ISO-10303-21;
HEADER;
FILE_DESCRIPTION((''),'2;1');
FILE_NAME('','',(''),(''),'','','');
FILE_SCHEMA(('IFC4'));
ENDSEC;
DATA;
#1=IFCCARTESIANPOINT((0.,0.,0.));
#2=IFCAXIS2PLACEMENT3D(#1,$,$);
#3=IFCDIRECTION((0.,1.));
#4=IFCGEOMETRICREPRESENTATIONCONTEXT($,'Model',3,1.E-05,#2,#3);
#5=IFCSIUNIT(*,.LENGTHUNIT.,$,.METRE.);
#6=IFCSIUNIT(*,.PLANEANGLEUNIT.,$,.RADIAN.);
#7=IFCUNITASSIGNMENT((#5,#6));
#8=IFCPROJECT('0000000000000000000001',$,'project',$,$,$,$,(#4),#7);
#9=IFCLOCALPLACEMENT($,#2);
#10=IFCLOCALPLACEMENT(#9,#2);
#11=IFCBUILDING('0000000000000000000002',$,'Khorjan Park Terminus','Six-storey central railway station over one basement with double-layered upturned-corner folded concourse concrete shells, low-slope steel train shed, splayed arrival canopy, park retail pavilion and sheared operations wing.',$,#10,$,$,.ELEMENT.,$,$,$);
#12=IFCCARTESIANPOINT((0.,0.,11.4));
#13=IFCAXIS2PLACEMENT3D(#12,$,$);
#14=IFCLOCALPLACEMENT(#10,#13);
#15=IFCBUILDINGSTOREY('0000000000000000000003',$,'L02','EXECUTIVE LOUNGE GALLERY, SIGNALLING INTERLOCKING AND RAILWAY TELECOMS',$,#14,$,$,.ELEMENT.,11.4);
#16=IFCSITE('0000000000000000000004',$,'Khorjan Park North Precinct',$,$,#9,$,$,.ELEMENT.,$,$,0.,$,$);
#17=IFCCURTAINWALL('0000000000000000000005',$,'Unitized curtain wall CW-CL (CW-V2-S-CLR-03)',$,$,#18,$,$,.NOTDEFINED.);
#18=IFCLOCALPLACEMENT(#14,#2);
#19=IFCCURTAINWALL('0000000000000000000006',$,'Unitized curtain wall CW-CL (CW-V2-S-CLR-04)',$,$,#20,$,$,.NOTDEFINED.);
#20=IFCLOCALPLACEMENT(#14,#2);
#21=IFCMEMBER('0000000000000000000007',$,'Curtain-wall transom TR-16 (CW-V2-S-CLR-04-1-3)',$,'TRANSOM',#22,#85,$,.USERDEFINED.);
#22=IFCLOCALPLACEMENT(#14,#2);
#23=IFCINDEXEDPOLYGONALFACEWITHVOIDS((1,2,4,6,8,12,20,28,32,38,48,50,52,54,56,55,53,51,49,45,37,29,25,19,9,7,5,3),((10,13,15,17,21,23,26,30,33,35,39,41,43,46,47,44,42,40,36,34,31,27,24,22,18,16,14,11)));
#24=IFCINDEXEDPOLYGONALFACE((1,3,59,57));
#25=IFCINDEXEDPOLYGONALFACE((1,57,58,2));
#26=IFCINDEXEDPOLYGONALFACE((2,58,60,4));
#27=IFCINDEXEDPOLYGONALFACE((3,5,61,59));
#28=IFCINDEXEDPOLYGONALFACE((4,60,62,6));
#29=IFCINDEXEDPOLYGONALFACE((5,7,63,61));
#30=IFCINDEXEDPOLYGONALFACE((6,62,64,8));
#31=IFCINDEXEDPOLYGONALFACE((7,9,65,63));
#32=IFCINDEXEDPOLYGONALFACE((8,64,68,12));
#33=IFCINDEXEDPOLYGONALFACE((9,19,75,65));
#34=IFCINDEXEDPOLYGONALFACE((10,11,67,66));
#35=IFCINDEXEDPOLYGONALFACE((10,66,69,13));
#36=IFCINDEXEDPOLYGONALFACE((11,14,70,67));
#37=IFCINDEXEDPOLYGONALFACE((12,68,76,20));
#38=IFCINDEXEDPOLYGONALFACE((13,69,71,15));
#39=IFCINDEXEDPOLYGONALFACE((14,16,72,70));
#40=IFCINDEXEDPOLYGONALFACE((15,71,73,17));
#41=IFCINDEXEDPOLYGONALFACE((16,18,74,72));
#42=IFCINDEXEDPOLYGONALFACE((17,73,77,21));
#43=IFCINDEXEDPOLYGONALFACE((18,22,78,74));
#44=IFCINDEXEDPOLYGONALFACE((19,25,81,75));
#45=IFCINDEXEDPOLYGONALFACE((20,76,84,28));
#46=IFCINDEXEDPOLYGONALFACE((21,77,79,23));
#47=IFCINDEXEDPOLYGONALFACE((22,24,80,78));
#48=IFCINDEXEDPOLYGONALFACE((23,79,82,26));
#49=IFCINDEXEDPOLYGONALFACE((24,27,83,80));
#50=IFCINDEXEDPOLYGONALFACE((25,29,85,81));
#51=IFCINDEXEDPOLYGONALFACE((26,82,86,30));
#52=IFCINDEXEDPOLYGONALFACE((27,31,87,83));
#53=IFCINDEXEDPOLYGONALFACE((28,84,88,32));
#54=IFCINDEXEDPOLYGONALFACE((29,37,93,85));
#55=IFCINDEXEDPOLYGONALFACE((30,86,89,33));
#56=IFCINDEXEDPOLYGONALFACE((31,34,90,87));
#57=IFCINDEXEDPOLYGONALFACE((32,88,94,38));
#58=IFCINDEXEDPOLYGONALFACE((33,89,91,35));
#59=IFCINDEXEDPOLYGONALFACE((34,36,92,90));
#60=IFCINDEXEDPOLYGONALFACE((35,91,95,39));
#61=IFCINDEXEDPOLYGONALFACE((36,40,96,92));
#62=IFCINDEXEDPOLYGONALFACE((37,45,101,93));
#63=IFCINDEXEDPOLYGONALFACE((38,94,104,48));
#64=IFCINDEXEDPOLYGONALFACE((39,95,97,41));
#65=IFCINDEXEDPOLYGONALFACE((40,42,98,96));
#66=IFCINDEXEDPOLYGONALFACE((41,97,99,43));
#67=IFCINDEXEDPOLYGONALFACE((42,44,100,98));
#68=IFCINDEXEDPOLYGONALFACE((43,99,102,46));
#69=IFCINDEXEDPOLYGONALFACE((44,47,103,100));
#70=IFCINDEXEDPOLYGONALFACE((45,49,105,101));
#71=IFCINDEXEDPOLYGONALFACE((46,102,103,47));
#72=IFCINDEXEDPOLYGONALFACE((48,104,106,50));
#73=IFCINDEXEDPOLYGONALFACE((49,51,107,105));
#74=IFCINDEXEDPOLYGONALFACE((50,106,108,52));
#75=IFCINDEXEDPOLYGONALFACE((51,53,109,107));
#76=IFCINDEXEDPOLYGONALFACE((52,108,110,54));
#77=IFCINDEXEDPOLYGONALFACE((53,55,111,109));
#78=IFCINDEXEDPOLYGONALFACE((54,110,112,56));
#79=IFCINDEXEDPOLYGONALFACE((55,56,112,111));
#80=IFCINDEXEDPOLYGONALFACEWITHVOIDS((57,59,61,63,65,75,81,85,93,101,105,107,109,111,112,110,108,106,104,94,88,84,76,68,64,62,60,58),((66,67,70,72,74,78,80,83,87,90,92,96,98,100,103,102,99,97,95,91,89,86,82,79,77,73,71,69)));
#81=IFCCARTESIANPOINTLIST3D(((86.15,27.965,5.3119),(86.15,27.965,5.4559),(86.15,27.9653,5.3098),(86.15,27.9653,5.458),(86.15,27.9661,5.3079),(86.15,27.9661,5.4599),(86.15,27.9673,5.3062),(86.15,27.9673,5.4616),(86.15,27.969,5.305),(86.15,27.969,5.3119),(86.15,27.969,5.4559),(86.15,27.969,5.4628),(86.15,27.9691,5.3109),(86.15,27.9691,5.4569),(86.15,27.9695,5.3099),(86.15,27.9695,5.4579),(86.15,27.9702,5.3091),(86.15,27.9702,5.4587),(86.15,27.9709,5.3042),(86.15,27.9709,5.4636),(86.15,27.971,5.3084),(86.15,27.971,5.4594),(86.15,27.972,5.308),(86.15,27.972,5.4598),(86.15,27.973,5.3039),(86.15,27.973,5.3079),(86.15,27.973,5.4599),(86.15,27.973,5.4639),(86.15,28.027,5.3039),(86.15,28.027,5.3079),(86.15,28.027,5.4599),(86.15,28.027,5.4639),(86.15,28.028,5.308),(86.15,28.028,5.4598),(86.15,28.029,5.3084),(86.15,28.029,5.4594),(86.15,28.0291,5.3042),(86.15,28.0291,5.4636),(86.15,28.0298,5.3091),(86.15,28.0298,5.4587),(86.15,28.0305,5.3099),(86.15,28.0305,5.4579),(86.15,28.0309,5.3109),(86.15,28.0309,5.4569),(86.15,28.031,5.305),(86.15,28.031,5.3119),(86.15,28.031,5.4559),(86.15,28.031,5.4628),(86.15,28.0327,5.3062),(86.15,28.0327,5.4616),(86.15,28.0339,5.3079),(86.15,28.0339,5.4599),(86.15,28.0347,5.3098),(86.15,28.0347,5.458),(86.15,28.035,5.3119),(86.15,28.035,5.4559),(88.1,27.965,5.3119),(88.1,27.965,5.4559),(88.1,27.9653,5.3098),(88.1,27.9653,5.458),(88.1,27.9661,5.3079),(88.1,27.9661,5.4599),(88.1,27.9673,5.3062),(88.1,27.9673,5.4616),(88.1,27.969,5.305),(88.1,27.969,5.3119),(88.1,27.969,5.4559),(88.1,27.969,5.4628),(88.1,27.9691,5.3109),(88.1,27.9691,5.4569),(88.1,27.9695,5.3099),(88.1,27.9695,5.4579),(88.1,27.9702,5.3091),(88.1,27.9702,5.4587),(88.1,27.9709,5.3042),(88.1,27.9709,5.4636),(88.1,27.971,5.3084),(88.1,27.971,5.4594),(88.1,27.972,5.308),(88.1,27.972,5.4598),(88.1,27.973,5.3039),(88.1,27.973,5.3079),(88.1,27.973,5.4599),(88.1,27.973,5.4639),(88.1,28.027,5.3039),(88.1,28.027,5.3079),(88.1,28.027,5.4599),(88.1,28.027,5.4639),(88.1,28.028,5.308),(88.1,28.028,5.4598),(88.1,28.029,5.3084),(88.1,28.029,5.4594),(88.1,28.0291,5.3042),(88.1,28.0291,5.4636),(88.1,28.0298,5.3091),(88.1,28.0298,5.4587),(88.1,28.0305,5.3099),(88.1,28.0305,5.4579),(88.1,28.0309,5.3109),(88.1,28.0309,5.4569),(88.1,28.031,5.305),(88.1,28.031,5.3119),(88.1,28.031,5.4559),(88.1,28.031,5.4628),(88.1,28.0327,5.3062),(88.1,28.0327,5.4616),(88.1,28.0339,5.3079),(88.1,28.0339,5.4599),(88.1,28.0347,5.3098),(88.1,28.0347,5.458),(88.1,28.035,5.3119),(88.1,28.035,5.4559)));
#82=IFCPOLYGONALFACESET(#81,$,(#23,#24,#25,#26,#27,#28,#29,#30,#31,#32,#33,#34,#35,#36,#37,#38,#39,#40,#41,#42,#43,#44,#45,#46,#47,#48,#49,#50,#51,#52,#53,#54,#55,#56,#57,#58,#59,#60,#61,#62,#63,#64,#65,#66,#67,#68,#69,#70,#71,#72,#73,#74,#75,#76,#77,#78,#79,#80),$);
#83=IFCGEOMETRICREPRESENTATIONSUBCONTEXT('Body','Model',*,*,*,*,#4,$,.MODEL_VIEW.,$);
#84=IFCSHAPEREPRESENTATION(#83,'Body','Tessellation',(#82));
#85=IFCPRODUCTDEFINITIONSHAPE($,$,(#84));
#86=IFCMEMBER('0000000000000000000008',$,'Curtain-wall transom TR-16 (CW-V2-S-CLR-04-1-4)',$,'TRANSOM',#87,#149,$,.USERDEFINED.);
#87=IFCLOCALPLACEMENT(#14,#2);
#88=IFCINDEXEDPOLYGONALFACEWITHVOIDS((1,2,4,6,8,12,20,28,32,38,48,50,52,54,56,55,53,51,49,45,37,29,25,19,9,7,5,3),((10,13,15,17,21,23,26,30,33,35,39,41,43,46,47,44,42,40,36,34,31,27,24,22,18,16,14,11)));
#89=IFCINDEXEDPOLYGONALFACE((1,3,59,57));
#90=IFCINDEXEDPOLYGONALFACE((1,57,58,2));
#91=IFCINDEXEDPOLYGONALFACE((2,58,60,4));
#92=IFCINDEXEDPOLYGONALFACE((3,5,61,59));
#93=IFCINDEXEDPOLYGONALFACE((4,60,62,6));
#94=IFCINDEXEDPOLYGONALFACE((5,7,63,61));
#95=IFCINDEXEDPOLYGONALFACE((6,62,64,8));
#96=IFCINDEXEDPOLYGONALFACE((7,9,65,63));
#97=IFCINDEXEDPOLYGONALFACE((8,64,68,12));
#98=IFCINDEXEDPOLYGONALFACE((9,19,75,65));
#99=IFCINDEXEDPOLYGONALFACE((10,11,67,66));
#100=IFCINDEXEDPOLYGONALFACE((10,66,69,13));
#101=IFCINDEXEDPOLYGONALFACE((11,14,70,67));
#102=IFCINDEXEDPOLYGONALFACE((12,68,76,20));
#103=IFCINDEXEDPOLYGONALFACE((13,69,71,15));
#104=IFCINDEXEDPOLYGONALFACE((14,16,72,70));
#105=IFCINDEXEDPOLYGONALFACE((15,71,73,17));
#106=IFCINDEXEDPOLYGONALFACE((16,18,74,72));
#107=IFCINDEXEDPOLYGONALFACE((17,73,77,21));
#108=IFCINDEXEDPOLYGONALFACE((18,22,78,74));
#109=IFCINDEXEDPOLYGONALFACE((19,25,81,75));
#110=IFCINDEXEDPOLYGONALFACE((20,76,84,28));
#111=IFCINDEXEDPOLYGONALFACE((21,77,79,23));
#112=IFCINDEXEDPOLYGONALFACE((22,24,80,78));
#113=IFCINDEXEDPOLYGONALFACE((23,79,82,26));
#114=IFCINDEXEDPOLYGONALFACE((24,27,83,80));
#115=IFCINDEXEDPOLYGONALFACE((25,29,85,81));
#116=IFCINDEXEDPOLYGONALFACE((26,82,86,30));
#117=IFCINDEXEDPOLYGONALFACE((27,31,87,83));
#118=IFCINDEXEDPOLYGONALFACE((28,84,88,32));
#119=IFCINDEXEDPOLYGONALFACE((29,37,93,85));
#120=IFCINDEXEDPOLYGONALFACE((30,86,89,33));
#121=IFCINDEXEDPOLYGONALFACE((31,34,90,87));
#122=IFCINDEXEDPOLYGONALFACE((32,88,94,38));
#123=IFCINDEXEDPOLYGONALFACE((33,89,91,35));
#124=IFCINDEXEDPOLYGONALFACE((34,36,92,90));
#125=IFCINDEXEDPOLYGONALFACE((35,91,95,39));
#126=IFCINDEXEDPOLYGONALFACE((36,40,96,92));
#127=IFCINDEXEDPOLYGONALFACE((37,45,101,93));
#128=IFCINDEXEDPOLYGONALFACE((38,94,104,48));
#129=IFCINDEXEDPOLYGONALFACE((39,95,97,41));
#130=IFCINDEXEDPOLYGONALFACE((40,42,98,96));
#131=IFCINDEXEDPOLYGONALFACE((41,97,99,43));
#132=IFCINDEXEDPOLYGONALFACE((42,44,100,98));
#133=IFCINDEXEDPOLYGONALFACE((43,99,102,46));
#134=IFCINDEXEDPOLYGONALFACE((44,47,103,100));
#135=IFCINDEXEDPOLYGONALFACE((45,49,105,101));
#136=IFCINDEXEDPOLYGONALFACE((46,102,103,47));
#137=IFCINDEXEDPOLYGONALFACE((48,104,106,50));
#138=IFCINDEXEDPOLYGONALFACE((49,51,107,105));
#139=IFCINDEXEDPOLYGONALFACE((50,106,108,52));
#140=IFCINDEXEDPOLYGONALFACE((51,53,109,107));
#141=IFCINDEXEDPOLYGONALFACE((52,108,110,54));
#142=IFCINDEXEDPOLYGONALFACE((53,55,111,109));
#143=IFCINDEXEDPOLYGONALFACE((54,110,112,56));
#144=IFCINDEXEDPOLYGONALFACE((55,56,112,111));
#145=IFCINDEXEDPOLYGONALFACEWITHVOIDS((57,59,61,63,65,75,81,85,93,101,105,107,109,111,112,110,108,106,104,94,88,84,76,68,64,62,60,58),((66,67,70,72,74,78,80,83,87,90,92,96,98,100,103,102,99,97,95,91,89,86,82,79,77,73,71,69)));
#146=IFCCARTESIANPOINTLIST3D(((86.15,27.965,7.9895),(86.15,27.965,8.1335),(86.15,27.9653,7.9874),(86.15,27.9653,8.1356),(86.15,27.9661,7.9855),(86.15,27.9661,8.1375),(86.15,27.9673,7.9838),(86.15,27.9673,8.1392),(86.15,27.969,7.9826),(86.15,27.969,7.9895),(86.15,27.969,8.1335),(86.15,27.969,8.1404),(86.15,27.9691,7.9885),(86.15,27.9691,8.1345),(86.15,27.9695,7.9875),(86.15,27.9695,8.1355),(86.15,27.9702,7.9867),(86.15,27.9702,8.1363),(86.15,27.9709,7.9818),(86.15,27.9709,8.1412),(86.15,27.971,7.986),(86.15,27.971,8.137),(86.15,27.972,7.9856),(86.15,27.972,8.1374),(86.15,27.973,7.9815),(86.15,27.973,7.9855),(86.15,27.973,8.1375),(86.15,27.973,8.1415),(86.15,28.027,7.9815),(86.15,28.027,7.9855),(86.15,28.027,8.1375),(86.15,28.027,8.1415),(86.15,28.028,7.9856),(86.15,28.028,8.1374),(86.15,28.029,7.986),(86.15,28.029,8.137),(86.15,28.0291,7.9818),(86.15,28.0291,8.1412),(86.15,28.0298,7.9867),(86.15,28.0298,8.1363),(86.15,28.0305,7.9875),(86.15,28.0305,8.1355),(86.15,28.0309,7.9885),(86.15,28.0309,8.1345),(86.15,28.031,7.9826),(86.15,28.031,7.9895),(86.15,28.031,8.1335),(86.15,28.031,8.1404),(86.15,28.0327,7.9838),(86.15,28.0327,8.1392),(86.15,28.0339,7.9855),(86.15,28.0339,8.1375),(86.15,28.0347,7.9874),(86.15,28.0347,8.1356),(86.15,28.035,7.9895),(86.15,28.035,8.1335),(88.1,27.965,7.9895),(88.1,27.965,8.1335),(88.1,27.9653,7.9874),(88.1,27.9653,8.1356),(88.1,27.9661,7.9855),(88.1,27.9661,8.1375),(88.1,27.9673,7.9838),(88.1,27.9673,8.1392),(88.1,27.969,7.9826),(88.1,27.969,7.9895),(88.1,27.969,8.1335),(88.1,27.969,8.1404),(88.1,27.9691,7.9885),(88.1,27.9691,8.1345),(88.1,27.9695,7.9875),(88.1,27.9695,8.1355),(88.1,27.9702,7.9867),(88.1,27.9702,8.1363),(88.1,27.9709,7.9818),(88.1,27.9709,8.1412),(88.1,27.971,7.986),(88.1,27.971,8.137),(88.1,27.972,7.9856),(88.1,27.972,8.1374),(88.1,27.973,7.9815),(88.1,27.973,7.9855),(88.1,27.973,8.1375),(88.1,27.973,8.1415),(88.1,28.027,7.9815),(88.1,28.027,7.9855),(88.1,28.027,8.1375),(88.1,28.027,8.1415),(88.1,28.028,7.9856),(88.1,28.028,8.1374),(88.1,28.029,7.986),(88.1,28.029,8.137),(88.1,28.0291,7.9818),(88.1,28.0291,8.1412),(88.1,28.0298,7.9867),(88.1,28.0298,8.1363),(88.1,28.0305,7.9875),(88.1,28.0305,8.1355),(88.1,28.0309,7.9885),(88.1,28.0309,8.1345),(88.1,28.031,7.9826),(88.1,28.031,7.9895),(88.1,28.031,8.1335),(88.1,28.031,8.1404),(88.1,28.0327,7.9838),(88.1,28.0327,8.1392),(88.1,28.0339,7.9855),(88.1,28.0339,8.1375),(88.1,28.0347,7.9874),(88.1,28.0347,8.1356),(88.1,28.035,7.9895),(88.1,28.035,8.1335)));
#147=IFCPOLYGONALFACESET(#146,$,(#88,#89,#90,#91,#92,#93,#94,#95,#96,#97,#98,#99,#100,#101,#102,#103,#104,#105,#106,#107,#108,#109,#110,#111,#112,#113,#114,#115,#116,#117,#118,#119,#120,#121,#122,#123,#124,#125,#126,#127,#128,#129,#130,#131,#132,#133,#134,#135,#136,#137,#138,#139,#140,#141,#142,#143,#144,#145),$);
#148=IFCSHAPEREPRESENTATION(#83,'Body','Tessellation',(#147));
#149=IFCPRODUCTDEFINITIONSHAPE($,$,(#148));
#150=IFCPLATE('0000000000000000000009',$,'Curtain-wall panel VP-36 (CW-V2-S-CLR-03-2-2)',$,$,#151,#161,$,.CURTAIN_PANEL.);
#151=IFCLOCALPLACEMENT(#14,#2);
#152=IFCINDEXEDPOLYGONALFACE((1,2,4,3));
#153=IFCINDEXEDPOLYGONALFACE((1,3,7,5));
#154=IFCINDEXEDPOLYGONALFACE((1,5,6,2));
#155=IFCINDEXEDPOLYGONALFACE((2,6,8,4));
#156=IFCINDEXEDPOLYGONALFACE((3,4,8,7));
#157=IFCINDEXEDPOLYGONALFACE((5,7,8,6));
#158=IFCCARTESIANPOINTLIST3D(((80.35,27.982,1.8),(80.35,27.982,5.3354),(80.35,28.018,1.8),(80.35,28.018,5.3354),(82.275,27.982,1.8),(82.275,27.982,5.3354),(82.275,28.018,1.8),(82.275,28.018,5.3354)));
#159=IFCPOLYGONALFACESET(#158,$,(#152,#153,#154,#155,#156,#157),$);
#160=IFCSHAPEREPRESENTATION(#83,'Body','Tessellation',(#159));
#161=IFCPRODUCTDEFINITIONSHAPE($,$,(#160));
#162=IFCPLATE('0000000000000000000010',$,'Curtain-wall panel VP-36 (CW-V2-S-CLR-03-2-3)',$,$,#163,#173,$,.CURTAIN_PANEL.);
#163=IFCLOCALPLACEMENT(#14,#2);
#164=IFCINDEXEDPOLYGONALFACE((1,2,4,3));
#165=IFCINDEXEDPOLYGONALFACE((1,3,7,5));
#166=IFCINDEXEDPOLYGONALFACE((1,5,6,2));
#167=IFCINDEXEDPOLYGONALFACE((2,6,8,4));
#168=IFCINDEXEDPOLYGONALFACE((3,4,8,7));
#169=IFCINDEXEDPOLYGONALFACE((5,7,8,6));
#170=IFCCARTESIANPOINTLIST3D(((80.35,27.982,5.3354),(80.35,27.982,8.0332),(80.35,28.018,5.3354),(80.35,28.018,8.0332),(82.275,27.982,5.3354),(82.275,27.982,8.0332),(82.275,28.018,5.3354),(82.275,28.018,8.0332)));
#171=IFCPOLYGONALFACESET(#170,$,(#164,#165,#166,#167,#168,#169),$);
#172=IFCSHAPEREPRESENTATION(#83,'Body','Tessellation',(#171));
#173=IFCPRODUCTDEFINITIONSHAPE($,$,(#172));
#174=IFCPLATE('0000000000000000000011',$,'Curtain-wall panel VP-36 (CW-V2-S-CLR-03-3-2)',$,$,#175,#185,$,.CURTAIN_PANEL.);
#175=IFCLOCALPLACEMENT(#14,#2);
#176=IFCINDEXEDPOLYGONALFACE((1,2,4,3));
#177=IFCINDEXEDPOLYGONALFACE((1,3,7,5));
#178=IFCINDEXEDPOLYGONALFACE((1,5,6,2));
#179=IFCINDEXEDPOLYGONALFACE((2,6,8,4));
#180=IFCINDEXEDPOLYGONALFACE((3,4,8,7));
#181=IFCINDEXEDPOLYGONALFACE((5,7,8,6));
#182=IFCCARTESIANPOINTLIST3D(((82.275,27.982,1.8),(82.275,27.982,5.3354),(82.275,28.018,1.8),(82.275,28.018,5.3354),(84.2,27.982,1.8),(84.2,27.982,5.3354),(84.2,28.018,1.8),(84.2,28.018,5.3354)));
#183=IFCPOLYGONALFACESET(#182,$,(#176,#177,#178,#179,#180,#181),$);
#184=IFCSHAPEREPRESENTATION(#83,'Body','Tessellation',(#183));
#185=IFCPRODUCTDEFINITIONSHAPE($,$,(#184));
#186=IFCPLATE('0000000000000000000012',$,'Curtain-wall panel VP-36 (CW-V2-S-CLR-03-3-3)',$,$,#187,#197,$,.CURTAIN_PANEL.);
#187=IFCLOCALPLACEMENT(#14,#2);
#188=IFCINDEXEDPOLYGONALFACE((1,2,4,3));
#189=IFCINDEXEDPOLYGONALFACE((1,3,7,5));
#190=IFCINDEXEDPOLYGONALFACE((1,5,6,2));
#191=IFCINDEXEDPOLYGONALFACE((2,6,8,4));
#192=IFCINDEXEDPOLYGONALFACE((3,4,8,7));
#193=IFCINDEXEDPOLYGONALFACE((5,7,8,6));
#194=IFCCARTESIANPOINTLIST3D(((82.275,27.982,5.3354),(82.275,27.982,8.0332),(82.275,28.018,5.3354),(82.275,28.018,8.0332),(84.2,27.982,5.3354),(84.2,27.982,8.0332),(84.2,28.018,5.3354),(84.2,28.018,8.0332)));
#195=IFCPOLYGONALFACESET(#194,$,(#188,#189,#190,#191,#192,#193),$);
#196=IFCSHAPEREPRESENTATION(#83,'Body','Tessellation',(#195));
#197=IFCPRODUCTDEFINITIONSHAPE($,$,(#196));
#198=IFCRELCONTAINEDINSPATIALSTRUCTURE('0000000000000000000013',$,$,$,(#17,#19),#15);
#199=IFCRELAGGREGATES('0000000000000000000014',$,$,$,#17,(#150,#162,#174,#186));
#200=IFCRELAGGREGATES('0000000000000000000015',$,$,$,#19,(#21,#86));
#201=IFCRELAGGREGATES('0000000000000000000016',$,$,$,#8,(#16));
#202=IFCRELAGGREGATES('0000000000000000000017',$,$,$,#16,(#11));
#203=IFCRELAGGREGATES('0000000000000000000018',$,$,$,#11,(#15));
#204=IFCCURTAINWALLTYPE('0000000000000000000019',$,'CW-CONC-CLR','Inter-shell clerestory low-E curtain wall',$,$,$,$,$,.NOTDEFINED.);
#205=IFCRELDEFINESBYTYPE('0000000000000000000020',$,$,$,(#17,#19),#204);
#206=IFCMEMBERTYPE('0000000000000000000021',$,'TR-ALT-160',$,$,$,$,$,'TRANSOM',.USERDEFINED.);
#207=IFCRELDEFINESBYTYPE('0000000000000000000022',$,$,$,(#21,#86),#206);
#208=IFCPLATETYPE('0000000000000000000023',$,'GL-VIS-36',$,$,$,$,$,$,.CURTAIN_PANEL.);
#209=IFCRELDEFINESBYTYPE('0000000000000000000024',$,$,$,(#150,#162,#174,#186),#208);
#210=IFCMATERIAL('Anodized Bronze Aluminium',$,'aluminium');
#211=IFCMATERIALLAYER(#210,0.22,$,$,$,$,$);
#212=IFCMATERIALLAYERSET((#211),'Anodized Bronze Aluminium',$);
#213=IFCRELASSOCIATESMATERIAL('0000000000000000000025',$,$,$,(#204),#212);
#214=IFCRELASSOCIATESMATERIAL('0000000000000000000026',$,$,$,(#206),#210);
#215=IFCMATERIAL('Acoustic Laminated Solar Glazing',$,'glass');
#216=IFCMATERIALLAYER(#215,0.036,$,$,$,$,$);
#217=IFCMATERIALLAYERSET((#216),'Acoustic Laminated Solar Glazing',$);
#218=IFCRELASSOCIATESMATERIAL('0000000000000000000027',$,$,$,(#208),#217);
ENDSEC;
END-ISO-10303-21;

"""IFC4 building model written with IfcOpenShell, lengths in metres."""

from ifc_helpers import new_model, si_unit, direction, frame, origin, origin_2d, place, context, subcontext, project, spatial, rectangle, hollow_rectangle, extrude, material, layer, layer_set, material_profile, profile_set, type_object, element, aggregate, save


model = new_model("IFC4")

# Units and contexts
model_context = context("Model", 3, precision=1e-05, world=origin(), true_north=direction((0.0, 1.0)))
body_context = subcontext(model_context, "Body", "Model", "MODEL_VIEW")
ifc_project = project(units=[si_unit("LENGTHUNIT", "METRE"), si_unit("PLANEANGLEUNIT", "RADIAN")], contexts=[model_context])

# Site, building, storey
site_placement = place(None, origin())
site = spatial("IfcSite", under=ifc_project, at=site_placement, Name="Khorjan Park North Precinct", CompositionType="ELEMENT", RefElevation=0.0)
building_placement = place(site_placement, origin())
building = spatial("IfcBuilding", under=site, at=building_placement, Name="Khorjan Park Terminus", Description="Six-storey central railway station over one basement with double-layered upturned-corner folded concourse concrete shells, low-slope steel train shed, splayed arrival canopy, park retail pavilion and sheared operations wing.", CompositionType="ELEMENT")
storey_placement = place(building_placement, frame((0.0, 0.0, 11.4)))
storey = spatial("IfcBuildingStorey", under=building, at=storey_placement, Name="L02", Description="EXECUTIVE LOUNGE GALLERY, SIGNALLING INTERLOCKING AND RAILWAY TELECOMS", CompositionType="ELEMENT", Elevation=11.4)

# Curtain wall
ifc_material_1 = material(Name="Anodized Bronze Aluminium", Category="aluminium")
ifc_layer_1 = layer(ifc_material_1, 0.22)
ifc_layer_set_1 = layer_set([ifc_layer_1], Name="Anodized Bronze Aluminium")
curtain_wall_type = type_object("IfcCurtainWallType", Name="CW-CONC-CLR", Description="Inter-shell clerestory low-E curtain wall", PredefinedType="NOTDEFINED", material=ifc_layer_set_1)
curtain_wall_1_placement = place(storey_placement, origin())
curtain_wall_1 = element("IfcCurtainWall", 1, at=curtain_wall_1_placement, inside=storey, type_object=curtain_wall_type, Name="Unitized curtain wall CW-CL (CW-V2-S-CLR-03)", PredefinedType="NOTDEFINED")

# Curtain wall
curtain_wall_2_placement = place(storey_placement, origin())
curtain_wall_2 = element("IfcCurtainWall", 2, at=curtain_wall_2_placement, inside=storey, type_object=curtain_wall_type, Name="Unitized curtain wall CW-CL (CW-V2-S-CLR-04)", PredefinedType="NOTDEFINED")

# Members
ifc_material_profile_1 = material_profile(ifc_material_1, hollow_rectangle(XDim=0.07, YDim=0.16, WallThickness=0.004, InnerFilletRadius=0.004, OuterFilletRadius=0.008, at=origin_2d()), Name="ALT 70x160x4")
ifc_profile_set_1 = profile_set([ifc_material_profile_1], Name="Anodized Bronze Aluminium")
member_type_1 = type_object("IfcMemberType", Name="TR-ALT-160", ElementType="TRANSOM", PredefinedType="USERDEFINED", material=ifc_profile_set_1)
member_1_placement = place(storey_placement, frame((86.15, 28.0, 5.3839), z_axis=(1.0, 0.0, 0.0), x_axis=(0.0, 1.0, 0.0)))
member_1 = element("IfcMember", 3, at=member_1_placement, type_object=member_type_1, Name="Curtain-wall transom TR-16 (CW-V2-S-CLR-04-1-3)", ObjectType="TRANSOM", PredefinedType="USERDEFINED", context=body_context, shape_type="SweptSolid", body=[
    extrude(hollow_rectangle(XDim=0.07, YDim=0.16, WallThickness=0.004, InnerFilletRadius=0.004, OuterFilletRadius=0.008, at=origin_2d()), origin(), (0.0, 0.0, 1.0), 1.95),
])
member_2_placement = place(storey_placement, frame((86.15, 28.0, 8.0615), z_axis=(1.0, 0.0, 0.0), x_axis=(0.0, 1.0, 0.0)))
member_2 = element("IfcMember", 4, at=member_2_placement, type_object=member_type_1, Name="Curtain-wall transom TR-16 (CW-V2-S-CLR-04-1-4)", ObjectType="TRANSOM", PredefinedType="USERDEFINED", context=body_context, shape_type="SweptSolid", body=[
    extrude(hollow_rectangle(XDim=0.07, YDim=0.16, WallThickness=0.004, InnerFilletRadius=0.004, OuterFilletRadius=0.008, at=origin_2d()), origin(), (0.0, 0.0, 1.0), 1.95),
])

# Plates
ifc_material_2 = material(Name="Acoustic Laminated Solar Glazing", Category="glass")
ifc_layer_2 = layer(ifc_material_2, 0.036)
ifc_layer_set_2 = layer_set([ifc_layer_2], Name="Acoustic Laminated Solar Glazing")
plate_type_1 = type_object("IfcPlateType", Name="GL-VIS-36", PredefinedType="CURTAIN_PANEL", material=ifc_layer_set_2)
plate_1_placement = place(storey_placement, frame((81.3125, 28.0, 1.8), z_axis=(0.0, 0.0, 1.0), x_axis=(1.0, 0.0, 0.0)))
plate_1 = element("IfcPlate", 5, at=plate_1_placement, type_object=plate_type_1, Name="Curtain-wall panel VP-36 (CW-V2-S-CLR-03-2-2)", PredefinedType="CURTAIN_PANEL", context=body_context, shape_type="SweptSolid", body=[
    extrude(rectangle(XDim=1.925, YDim=0.036, at=origin_2d()), origin(), (0.0, 0.0, 1.0), 3.5354),
])
plate_2_placement = place(storey_placement, frame((81.3125, 28.0, 5.3354), z_axis=(0.0, 0.0, 1.0), x_axis=(1.0, 0.0, 0.0)))
plate_2 = element("IfcPlate", 6, at=plate_2_placement, type_object=plate_type_1, Name="Curtain-wall panel VP-36 (CW-V2-S-CLR-03-2-3)", PredefinedType="CURTAIN_PANEL", context=body_context, shape_type="SweptSolid", body=[
    extrude(rectangle(XDim=1.925, YDim=0.036, at=origin_2d()), origin(), (0.0, 0.0, 1.0), 2.6978),
])
plate_3_placement = place(storey_placement, frame((83.2375, 28.0, 1.8), z_axis=(0.0, 0.0, 1.0), x_axis=(1.0, 0.0, 0.0)))
plate_3 = element("IfcPlate", 7, at=plate_3_placement, type_object=plate_type_1, Name="Curtain-wall panel VP-36 (CW-V2-S-CLR-03-3-2)", PredefinedType="CURTAIN_PANEL", context=body_context, shape_type="SweptSolid", body=[
    extrude(rectangle(XDim=1.925, YDim=0.036, at=origin_2d()), origin(), (0.0, 0.0, 1.0), 3.5354),
])
plate_4_placement = place(storey_placement, frame((83.2375, 28.0, 5.3354), z_axis=(0.0, 0.0, 1.0), x_axis=(1.0, 0.0, 0.0)))
plate_4 = element("IfcPlate", 8, at=plate_4_placement, type_object=plate_type_1, Name="Curtain-wall panel VP-36 (CW-V2-S-CLR-03-3-3)", PredefinedType="CURTAIN_PANEL", context=body_context, shape_type="SweptSolid", body=[
    extrude(rectangle(XDim=1.925, YDim=0.036, at=origin_2d()), origin(), (0.0, 0.0, 1.0), 2.6978),
])

aggregate(curtain_wall_1, [plate_1, plate_2, plate_3, plate_4])
aggregate(curtain_wall_2, [member_1, member_2])

save(model, "model.ifc")
